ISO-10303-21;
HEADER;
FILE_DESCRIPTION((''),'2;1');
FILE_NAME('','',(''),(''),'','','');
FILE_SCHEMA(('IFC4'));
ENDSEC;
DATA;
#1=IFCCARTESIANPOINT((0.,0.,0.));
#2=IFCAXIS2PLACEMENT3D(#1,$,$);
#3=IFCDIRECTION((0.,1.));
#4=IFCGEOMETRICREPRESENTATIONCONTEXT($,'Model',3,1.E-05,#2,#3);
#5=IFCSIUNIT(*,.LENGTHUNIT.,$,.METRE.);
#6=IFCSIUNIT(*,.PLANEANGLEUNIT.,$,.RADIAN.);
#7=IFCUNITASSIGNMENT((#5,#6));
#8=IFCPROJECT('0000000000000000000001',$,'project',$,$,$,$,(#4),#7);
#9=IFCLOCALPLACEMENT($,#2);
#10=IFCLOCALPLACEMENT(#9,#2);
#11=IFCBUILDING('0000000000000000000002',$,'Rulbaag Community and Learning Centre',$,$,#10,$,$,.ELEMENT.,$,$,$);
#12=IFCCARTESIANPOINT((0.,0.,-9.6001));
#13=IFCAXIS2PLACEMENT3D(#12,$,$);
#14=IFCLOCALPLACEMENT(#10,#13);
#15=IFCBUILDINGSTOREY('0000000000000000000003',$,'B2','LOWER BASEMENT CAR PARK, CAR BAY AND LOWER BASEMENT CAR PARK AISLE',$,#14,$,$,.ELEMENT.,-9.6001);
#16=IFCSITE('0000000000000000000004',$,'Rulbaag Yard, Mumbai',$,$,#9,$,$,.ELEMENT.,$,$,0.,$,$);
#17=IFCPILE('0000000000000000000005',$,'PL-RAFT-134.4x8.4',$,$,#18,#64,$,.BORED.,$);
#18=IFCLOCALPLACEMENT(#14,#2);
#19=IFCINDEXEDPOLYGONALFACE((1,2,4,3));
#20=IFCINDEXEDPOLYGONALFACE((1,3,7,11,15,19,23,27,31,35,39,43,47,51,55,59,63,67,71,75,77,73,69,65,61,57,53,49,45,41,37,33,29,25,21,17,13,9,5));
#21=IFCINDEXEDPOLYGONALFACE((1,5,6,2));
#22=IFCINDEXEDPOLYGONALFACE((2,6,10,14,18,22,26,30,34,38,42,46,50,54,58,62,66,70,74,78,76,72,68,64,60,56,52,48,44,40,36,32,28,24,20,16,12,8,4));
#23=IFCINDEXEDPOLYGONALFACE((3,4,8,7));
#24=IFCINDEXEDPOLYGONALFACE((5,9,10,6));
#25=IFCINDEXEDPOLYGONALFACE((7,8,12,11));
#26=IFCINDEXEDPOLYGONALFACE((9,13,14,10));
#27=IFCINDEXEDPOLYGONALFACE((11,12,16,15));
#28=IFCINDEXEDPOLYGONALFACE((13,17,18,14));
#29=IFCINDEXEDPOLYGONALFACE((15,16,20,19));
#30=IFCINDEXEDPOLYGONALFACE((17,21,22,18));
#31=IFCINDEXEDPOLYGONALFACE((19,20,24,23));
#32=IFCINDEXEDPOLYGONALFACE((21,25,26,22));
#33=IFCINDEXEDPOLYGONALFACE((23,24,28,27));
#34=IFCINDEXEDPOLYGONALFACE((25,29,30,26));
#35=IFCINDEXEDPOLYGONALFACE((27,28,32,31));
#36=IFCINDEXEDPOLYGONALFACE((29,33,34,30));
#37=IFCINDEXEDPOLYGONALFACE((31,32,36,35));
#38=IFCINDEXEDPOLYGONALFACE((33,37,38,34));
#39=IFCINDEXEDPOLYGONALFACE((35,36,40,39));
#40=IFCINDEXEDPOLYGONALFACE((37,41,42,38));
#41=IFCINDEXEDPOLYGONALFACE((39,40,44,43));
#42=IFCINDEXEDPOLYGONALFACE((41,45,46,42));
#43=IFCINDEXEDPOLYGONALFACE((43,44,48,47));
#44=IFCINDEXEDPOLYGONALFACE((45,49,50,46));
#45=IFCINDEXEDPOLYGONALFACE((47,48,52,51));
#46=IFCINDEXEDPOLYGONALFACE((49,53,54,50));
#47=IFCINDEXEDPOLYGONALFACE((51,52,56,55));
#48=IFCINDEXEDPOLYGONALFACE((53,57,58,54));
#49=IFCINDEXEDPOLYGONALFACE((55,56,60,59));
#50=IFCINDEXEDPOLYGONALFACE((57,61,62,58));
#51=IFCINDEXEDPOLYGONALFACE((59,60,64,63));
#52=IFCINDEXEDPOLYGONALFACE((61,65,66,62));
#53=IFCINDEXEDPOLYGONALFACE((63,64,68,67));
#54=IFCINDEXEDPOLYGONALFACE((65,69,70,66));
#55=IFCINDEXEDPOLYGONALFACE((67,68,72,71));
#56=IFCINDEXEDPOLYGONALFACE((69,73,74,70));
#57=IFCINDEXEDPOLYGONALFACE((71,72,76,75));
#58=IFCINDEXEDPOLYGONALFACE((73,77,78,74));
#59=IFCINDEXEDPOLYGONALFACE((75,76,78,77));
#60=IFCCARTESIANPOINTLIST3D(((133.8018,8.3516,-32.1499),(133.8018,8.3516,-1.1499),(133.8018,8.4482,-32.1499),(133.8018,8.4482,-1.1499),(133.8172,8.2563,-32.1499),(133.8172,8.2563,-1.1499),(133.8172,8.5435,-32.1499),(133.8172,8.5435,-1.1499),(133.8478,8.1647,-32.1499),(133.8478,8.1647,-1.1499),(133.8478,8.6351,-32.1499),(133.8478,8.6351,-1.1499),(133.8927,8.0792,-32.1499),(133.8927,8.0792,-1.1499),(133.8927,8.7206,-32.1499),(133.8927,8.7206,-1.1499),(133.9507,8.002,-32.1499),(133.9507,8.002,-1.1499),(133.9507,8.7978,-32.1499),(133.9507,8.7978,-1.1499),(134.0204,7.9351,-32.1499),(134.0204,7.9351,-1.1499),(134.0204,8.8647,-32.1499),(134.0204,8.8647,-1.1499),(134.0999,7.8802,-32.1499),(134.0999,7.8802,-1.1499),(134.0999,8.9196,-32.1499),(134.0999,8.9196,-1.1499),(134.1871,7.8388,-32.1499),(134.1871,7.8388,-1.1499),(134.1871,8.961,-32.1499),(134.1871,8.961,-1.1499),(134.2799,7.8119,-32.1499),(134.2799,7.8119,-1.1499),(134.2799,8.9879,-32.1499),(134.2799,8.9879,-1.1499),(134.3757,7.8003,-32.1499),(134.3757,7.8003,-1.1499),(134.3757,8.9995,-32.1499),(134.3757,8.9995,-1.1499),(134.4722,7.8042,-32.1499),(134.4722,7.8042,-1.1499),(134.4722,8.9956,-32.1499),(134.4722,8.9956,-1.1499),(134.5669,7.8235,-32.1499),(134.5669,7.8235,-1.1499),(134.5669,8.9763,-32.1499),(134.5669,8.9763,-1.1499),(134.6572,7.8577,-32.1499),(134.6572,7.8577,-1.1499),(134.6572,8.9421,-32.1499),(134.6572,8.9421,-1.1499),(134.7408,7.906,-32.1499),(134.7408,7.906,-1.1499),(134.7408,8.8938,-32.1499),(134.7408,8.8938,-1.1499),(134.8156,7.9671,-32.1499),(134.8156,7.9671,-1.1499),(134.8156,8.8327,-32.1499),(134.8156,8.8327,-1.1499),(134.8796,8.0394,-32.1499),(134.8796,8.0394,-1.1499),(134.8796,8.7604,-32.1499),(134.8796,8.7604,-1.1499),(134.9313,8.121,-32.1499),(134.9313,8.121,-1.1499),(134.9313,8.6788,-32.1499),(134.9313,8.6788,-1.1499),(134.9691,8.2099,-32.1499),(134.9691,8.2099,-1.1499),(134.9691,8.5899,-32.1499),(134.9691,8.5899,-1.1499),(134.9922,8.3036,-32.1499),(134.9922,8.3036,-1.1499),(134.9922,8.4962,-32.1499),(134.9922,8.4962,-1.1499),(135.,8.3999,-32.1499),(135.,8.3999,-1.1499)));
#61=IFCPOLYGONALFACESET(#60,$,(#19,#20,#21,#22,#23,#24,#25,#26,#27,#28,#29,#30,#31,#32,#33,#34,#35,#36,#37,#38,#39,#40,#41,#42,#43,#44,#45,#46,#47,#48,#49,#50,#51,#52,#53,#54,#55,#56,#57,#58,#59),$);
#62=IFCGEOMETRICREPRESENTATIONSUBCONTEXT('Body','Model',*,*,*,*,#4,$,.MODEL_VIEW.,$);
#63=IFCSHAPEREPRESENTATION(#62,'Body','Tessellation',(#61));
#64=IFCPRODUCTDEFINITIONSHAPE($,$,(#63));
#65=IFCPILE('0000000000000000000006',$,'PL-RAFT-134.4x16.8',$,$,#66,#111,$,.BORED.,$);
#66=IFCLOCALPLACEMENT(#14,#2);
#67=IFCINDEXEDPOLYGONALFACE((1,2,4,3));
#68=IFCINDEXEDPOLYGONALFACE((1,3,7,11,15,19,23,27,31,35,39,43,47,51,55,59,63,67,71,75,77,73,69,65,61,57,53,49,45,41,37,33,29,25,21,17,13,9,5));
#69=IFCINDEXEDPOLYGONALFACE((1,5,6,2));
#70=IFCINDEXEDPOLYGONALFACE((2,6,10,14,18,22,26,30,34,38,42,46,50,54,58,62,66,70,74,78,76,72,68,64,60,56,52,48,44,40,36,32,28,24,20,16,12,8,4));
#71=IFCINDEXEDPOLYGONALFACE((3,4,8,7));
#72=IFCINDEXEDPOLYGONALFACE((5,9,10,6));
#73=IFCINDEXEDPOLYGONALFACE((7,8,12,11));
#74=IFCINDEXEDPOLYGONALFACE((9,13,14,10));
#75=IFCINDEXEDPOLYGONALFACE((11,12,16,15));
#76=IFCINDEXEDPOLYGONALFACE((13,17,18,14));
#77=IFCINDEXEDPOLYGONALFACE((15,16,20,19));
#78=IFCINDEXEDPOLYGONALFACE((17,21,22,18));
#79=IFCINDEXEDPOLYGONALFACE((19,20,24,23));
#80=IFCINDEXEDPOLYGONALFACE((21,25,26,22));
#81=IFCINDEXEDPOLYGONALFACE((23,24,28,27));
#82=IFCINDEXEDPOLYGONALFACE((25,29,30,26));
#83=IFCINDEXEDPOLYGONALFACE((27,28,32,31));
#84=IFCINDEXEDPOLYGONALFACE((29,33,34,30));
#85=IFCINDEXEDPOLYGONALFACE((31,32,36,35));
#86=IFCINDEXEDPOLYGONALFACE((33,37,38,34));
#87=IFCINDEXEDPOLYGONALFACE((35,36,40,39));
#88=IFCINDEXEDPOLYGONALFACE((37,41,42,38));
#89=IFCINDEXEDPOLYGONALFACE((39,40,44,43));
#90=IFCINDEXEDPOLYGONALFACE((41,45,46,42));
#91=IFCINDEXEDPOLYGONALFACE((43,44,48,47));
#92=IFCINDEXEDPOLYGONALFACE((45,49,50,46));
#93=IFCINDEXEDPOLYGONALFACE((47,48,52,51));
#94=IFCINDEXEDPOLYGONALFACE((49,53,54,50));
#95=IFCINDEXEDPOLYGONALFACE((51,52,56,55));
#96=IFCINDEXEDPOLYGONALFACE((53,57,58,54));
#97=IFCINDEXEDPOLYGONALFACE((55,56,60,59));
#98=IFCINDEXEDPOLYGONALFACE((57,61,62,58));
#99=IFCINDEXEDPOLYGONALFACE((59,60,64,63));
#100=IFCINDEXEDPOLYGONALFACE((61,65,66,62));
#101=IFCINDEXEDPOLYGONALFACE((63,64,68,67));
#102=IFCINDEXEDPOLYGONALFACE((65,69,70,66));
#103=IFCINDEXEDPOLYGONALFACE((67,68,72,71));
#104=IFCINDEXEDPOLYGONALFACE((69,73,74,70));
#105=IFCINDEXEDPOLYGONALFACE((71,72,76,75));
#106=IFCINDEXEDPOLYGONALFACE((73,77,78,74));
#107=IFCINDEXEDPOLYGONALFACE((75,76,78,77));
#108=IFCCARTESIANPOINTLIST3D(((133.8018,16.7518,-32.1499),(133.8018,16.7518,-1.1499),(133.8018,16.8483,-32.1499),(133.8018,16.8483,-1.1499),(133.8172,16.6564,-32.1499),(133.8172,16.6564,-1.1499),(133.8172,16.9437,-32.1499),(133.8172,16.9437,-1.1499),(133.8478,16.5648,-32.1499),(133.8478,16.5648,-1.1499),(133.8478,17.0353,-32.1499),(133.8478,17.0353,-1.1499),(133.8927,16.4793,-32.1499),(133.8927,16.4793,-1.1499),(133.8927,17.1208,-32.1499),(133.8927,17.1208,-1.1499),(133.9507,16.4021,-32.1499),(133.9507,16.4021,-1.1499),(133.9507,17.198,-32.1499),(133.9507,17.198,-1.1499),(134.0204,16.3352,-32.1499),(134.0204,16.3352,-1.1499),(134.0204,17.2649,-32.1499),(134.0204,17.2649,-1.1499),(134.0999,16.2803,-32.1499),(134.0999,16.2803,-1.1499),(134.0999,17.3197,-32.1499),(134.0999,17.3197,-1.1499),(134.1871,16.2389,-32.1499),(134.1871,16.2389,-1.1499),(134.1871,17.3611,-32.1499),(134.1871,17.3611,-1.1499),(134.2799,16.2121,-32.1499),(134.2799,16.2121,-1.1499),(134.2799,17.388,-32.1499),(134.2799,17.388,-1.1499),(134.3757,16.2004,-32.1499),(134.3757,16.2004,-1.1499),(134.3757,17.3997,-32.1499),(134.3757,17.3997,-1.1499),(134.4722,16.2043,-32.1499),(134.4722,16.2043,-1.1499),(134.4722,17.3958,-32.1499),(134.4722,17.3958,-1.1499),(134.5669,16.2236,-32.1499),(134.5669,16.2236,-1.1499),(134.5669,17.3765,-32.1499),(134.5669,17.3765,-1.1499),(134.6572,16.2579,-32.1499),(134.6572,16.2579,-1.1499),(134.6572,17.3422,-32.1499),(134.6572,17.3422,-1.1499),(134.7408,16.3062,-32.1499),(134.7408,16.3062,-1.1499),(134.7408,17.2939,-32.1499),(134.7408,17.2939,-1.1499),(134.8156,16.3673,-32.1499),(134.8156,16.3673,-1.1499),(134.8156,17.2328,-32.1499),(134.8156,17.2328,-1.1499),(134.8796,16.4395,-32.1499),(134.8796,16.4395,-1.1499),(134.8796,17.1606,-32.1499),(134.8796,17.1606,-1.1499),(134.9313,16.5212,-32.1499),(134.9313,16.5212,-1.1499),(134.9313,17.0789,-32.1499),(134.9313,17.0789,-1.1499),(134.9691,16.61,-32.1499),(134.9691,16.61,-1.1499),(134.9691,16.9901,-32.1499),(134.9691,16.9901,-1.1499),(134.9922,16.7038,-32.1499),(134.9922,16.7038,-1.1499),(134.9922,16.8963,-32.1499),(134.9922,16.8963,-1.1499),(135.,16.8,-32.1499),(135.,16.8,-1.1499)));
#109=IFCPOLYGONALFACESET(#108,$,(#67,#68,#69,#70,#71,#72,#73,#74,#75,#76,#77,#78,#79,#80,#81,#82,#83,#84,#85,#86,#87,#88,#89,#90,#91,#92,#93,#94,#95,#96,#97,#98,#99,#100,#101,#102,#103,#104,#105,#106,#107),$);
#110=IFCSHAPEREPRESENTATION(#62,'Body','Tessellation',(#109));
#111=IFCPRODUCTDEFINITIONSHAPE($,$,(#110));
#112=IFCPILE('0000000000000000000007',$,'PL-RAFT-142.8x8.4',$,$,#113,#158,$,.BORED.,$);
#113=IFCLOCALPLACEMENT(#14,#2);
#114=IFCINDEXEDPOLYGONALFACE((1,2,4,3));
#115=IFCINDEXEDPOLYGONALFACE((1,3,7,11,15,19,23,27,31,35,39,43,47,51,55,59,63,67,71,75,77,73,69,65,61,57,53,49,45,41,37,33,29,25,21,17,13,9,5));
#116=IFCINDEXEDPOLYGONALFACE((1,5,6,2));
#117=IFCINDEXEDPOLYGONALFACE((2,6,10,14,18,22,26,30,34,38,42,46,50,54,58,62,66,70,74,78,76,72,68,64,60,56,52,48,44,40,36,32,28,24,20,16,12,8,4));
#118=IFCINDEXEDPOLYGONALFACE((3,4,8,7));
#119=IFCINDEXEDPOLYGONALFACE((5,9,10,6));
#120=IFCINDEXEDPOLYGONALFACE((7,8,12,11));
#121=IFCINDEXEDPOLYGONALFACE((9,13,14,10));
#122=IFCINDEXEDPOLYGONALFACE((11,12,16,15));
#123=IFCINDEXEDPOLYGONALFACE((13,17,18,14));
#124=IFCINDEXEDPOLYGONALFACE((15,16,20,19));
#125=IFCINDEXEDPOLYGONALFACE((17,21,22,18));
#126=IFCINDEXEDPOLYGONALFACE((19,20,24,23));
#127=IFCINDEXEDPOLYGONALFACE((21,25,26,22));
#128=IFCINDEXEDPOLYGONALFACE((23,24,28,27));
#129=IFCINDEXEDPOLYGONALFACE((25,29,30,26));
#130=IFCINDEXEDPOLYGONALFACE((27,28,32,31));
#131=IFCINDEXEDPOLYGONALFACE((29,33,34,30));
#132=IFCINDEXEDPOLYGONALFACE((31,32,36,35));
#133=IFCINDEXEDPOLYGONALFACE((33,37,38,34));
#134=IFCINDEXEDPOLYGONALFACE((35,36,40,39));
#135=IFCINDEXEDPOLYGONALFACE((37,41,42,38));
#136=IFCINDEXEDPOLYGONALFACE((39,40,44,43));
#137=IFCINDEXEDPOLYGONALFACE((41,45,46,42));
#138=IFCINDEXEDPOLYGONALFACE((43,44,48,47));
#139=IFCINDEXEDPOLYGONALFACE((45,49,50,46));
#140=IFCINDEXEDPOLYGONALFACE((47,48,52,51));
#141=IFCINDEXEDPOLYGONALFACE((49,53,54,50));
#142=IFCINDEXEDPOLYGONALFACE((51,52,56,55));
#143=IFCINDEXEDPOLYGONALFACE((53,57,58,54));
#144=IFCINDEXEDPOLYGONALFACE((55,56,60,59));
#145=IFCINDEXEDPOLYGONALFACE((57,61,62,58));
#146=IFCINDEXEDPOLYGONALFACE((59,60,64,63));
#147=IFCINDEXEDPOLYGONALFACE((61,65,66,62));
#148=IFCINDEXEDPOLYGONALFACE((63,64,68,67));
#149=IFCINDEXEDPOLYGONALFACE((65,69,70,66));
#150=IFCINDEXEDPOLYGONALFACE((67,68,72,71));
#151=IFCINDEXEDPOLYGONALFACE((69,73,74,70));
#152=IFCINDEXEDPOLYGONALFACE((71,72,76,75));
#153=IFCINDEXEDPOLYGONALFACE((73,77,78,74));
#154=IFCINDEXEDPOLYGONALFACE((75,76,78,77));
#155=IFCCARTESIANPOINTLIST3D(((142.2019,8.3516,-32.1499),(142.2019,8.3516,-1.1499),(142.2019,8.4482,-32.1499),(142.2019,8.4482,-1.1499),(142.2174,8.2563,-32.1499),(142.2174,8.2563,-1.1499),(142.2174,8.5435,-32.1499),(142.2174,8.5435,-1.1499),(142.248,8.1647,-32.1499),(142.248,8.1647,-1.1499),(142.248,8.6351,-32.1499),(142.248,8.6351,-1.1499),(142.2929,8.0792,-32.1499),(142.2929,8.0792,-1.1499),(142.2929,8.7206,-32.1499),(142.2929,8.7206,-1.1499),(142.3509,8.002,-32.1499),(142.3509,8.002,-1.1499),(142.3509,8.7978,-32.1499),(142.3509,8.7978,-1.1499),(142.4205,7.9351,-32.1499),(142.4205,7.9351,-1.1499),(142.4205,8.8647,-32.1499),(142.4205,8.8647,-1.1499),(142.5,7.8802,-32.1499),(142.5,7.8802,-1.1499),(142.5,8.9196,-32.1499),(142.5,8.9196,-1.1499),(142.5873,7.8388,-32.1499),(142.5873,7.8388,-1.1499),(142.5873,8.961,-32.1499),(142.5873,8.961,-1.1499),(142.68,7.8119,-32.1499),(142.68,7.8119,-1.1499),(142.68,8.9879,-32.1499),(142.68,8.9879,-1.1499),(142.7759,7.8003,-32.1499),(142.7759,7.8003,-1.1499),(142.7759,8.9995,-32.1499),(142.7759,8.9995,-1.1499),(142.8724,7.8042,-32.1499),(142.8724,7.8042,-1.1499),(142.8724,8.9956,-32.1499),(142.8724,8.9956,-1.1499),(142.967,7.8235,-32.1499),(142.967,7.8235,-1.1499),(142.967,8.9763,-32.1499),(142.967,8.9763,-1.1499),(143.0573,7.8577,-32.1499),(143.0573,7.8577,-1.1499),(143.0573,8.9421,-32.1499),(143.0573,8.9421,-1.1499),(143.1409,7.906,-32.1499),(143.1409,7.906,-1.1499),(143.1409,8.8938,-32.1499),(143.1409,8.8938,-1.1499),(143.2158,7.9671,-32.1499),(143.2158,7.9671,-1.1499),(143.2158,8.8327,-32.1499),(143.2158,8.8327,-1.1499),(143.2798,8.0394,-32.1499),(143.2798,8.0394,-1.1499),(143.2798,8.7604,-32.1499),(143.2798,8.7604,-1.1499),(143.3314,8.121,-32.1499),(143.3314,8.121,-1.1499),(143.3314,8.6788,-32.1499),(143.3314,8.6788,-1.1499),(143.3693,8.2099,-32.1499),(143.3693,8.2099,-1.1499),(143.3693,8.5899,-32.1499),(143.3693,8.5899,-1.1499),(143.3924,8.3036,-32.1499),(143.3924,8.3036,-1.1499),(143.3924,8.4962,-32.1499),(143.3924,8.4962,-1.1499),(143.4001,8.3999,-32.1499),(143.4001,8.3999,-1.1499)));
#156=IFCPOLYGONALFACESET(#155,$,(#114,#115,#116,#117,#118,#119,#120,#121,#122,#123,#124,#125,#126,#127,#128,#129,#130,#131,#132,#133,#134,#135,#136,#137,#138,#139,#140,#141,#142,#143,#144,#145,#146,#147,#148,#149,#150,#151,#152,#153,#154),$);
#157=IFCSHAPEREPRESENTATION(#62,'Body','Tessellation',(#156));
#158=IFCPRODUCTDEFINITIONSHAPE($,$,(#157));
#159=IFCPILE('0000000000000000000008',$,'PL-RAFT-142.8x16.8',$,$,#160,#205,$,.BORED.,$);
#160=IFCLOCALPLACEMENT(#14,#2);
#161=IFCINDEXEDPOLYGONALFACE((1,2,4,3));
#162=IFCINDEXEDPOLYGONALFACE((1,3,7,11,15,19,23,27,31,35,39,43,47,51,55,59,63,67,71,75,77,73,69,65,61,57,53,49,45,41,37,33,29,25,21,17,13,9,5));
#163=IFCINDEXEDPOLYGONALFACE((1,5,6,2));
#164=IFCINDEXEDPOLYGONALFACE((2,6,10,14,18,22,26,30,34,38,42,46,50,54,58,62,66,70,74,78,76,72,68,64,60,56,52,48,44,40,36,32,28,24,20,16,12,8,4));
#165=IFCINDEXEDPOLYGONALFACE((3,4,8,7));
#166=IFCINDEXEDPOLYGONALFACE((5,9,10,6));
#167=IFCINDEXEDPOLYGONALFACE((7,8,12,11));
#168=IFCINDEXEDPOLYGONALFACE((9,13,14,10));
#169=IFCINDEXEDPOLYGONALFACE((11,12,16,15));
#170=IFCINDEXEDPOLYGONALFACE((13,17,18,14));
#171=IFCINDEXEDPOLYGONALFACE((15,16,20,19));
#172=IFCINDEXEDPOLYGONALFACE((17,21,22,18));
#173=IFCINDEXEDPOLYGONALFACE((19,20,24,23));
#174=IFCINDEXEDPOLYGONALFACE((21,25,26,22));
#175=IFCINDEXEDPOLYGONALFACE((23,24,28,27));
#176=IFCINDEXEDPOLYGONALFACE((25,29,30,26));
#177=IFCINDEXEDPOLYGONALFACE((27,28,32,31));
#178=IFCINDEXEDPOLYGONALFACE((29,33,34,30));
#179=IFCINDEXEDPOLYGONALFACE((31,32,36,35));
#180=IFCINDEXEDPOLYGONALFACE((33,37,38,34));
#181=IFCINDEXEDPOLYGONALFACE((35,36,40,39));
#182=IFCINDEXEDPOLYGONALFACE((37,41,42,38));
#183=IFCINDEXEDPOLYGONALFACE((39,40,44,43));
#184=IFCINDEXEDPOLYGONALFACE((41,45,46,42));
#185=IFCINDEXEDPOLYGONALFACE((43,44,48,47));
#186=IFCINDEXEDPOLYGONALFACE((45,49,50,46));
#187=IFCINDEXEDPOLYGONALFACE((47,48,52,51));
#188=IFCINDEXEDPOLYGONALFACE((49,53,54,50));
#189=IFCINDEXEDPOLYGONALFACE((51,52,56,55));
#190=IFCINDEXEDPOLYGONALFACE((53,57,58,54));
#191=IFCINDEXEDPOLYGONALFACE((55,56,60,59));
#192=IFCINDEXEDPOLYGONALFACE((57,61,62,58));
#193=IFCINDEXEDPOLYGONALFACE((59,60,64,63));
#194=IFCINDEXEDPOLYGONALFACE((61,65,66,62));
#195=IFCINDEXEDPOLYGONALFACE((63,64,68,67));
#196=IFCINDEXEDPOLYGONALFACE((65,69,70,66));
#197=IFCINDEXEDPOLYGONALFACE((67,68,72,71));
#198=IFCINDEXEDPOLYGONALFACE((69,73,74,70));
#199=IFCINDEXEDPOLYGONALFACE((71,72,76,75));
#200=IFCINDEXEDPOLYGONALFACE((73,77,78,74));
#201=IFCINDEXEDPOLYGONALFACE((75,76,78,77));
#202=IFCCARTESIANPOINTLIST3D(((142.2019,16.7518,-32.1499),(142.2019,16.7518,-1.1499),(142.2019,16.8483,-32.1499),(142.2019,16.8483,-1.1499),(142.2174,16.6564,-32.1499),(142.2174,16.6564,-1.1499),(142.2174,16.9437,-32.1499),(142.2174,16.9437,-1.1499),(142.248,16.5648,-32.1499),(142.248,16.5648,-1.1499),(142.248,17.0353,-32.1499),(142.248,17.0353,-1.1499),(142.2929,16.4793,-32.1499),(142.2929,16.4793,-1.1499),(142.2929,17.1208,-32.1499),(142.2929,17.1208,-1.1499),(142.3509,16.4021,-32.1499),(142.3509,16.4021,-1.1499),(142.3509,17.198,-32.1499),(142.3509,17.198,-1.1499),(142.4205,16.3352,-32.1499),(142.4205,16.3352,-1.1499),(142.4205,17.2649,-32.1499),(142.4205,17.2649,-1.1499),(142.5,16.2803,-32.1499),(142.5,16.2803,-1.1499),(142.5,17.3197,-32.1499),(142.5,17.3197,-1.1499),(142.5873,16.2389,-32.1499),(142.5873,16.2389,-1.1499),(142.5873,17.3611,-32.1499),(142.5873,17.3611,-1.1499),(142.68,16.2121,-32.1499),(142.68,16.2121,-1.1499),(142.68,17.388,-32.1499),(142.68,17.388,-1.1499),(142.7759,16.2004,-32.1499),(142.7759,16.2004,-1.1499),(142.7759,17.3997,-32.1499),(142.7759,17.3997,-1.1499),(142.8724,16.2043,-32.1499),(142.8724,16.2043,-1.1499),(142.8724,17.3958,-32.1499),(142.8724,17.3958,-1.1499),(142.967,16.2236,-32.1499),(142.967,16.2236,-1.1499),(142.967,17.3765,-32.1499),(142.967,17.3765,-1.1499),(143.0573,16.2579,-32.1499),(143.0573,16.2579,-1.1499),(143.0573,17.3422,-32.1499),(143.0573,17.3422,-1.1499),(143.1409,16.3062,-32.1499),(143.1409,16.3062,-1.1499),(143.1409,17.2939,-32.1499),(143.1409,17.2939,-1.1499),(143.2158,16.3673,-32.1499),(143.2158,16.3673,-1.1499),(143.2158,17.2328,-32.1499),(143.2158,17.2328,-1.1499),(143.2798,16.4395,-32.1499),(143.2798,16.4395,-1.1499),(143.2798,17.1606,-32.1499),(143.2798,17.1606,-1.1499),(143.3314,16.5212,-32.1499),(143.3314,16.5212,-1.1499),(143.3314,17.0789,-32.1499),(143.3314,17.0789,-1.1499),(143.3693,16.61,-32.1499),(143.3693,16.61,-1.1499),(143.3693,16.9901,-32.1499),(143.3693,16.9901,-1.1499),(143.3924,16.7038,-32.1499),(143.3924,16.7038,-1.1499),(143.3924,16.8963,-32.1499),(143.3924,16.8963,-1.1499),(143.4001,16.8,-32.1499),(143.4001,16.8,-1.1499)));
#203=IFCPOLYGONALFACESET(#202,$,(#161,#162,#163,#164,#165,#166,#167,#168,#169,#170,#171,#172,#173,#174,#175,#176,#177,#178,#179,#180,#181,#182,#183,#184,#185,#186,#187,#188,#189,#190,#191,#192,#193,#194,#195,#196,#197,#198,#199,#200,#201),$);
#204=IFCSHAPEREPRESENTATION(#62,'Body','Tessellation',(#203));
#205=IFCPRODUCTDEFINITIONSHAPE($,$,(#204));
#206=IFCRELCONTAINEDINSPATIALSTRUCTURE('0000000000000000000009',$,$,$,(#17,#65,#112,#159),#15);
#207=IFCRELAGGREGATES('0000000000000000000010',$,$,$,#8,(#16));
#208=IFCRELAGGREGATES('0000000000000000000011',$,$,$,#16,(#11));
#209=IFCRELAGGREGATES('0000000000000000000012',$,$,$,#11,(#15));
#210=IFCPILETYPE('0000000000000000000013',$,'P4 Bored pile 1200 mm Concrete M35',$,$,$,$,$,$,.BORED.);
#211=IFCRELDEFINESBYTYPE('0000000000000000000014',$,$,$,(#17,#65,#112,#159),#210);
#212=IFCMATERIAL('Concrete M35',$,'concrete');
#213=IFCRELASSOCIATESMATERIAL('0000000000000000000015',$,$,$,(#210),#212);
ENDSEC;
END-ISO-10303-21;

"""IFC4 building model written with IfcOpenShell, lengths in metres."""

from ifc_helpers import new_model, si_unit, direction, frame, origin, origin_2d, place, context, subcontext, project, spatial, circle, extrude, material, material_profile, profile_set, type_object, element, save


model = new_model("IFC4")

# Units and contexts
model_context = context("Model", 3, precision=1e-05, world=origin(), true_north=direction((0.0, 1.0)))
body_context = subcontext(model_context, "Body", "Model", "MODEL_VIEW")
ifc_project = project(units=[si_unit("LENGTHUNIT", "METRE"), si_unit("PLANEANGLEUNIT", "RADIAN")], contexts=[model_context])

# Site, building, storey
site_placement = place(None, origin())
site = spatial("IfcSite", under=ifc_project, at=site_placement, Name="Rulbaag Yard, Mumbai", CompositionType="ELEMENT", RefElevation=0.0)
building_placement = place(site_placement, origin())
building = spatial("IfcBuilding", under=site, at=building_placement, Name="Rulbaag Community and Learning Centre", CompositionType="ELEMENT")
storey_placement = place(building_placement, frame((0.0, 0.0, -9.6001)))
storey = spatial("IfcBuildingStorey", under=building, at=storey_placement, Name="B2", Description="LOWER BASEMENT CAR PARK, CAR BAY AND LOWER BASEMENT CAR PARK AISLE", CompositionType="ELEMENT", Elevation=-9.6001)

# Piles
ifc_material_1 = material(Name="Concrete M35", Category="concrete")
ifc_material_profile_1 = material_profile(ifc_material_1, circle(Radius=0.6001, at=origin_2d()), Name="BP1200")
ifc_profile_set_1 = profile_set([ifc_material_profile_1], Name="Concrete M35")
pile_type_1 = type_object("IfcPileType", Name="P4 Bored pile 1200 mm Concrete M35", PredefinedType="BORED", material=ifc_profile_set_1)
for number, where, z_axis, x_axis, name in (
    (1, (134.3999, 8.3999, -1.1499), (0.0, 0.0, -1.0), (1.0, 0.0, 0.0), "PL-RAFT-134.4x8.4"),
    (2, (134.3999, 16.8, -1.1499), (0.0, 0.0, -1.0), (1.0, 0.0, 0.0), "PL-RAFT-134.4x16.8"),
    (3, (142.8, 8.3999, -1.1499), (0.0, 0.0, -1.0), (1.0, 0.0, 0.0), "PL-RAFT-142.8x8.4"),
    (4, (142.8, 16.8, -1.1499), (0.0, 0.0, -1.0), (1.0, 0.0, 0.0), "PL-RAFT-142.8x16.8"),
):
    element("IfcPile", number, at=place(storey_placement, frame(where, z_axis=z_axis, x_axis=x_axis)), inside=storey, type_object=pile_type_1, Name=name, PredefinedType="BORED", context=body_context, shape_type="SweptSolid", body=[
        extrude(circle(Radius=0.6001, at=origin_2d()), origin(), (0.0, 0.0, 1.0), 31.0),
    ])

save(model, "model.ifc")
